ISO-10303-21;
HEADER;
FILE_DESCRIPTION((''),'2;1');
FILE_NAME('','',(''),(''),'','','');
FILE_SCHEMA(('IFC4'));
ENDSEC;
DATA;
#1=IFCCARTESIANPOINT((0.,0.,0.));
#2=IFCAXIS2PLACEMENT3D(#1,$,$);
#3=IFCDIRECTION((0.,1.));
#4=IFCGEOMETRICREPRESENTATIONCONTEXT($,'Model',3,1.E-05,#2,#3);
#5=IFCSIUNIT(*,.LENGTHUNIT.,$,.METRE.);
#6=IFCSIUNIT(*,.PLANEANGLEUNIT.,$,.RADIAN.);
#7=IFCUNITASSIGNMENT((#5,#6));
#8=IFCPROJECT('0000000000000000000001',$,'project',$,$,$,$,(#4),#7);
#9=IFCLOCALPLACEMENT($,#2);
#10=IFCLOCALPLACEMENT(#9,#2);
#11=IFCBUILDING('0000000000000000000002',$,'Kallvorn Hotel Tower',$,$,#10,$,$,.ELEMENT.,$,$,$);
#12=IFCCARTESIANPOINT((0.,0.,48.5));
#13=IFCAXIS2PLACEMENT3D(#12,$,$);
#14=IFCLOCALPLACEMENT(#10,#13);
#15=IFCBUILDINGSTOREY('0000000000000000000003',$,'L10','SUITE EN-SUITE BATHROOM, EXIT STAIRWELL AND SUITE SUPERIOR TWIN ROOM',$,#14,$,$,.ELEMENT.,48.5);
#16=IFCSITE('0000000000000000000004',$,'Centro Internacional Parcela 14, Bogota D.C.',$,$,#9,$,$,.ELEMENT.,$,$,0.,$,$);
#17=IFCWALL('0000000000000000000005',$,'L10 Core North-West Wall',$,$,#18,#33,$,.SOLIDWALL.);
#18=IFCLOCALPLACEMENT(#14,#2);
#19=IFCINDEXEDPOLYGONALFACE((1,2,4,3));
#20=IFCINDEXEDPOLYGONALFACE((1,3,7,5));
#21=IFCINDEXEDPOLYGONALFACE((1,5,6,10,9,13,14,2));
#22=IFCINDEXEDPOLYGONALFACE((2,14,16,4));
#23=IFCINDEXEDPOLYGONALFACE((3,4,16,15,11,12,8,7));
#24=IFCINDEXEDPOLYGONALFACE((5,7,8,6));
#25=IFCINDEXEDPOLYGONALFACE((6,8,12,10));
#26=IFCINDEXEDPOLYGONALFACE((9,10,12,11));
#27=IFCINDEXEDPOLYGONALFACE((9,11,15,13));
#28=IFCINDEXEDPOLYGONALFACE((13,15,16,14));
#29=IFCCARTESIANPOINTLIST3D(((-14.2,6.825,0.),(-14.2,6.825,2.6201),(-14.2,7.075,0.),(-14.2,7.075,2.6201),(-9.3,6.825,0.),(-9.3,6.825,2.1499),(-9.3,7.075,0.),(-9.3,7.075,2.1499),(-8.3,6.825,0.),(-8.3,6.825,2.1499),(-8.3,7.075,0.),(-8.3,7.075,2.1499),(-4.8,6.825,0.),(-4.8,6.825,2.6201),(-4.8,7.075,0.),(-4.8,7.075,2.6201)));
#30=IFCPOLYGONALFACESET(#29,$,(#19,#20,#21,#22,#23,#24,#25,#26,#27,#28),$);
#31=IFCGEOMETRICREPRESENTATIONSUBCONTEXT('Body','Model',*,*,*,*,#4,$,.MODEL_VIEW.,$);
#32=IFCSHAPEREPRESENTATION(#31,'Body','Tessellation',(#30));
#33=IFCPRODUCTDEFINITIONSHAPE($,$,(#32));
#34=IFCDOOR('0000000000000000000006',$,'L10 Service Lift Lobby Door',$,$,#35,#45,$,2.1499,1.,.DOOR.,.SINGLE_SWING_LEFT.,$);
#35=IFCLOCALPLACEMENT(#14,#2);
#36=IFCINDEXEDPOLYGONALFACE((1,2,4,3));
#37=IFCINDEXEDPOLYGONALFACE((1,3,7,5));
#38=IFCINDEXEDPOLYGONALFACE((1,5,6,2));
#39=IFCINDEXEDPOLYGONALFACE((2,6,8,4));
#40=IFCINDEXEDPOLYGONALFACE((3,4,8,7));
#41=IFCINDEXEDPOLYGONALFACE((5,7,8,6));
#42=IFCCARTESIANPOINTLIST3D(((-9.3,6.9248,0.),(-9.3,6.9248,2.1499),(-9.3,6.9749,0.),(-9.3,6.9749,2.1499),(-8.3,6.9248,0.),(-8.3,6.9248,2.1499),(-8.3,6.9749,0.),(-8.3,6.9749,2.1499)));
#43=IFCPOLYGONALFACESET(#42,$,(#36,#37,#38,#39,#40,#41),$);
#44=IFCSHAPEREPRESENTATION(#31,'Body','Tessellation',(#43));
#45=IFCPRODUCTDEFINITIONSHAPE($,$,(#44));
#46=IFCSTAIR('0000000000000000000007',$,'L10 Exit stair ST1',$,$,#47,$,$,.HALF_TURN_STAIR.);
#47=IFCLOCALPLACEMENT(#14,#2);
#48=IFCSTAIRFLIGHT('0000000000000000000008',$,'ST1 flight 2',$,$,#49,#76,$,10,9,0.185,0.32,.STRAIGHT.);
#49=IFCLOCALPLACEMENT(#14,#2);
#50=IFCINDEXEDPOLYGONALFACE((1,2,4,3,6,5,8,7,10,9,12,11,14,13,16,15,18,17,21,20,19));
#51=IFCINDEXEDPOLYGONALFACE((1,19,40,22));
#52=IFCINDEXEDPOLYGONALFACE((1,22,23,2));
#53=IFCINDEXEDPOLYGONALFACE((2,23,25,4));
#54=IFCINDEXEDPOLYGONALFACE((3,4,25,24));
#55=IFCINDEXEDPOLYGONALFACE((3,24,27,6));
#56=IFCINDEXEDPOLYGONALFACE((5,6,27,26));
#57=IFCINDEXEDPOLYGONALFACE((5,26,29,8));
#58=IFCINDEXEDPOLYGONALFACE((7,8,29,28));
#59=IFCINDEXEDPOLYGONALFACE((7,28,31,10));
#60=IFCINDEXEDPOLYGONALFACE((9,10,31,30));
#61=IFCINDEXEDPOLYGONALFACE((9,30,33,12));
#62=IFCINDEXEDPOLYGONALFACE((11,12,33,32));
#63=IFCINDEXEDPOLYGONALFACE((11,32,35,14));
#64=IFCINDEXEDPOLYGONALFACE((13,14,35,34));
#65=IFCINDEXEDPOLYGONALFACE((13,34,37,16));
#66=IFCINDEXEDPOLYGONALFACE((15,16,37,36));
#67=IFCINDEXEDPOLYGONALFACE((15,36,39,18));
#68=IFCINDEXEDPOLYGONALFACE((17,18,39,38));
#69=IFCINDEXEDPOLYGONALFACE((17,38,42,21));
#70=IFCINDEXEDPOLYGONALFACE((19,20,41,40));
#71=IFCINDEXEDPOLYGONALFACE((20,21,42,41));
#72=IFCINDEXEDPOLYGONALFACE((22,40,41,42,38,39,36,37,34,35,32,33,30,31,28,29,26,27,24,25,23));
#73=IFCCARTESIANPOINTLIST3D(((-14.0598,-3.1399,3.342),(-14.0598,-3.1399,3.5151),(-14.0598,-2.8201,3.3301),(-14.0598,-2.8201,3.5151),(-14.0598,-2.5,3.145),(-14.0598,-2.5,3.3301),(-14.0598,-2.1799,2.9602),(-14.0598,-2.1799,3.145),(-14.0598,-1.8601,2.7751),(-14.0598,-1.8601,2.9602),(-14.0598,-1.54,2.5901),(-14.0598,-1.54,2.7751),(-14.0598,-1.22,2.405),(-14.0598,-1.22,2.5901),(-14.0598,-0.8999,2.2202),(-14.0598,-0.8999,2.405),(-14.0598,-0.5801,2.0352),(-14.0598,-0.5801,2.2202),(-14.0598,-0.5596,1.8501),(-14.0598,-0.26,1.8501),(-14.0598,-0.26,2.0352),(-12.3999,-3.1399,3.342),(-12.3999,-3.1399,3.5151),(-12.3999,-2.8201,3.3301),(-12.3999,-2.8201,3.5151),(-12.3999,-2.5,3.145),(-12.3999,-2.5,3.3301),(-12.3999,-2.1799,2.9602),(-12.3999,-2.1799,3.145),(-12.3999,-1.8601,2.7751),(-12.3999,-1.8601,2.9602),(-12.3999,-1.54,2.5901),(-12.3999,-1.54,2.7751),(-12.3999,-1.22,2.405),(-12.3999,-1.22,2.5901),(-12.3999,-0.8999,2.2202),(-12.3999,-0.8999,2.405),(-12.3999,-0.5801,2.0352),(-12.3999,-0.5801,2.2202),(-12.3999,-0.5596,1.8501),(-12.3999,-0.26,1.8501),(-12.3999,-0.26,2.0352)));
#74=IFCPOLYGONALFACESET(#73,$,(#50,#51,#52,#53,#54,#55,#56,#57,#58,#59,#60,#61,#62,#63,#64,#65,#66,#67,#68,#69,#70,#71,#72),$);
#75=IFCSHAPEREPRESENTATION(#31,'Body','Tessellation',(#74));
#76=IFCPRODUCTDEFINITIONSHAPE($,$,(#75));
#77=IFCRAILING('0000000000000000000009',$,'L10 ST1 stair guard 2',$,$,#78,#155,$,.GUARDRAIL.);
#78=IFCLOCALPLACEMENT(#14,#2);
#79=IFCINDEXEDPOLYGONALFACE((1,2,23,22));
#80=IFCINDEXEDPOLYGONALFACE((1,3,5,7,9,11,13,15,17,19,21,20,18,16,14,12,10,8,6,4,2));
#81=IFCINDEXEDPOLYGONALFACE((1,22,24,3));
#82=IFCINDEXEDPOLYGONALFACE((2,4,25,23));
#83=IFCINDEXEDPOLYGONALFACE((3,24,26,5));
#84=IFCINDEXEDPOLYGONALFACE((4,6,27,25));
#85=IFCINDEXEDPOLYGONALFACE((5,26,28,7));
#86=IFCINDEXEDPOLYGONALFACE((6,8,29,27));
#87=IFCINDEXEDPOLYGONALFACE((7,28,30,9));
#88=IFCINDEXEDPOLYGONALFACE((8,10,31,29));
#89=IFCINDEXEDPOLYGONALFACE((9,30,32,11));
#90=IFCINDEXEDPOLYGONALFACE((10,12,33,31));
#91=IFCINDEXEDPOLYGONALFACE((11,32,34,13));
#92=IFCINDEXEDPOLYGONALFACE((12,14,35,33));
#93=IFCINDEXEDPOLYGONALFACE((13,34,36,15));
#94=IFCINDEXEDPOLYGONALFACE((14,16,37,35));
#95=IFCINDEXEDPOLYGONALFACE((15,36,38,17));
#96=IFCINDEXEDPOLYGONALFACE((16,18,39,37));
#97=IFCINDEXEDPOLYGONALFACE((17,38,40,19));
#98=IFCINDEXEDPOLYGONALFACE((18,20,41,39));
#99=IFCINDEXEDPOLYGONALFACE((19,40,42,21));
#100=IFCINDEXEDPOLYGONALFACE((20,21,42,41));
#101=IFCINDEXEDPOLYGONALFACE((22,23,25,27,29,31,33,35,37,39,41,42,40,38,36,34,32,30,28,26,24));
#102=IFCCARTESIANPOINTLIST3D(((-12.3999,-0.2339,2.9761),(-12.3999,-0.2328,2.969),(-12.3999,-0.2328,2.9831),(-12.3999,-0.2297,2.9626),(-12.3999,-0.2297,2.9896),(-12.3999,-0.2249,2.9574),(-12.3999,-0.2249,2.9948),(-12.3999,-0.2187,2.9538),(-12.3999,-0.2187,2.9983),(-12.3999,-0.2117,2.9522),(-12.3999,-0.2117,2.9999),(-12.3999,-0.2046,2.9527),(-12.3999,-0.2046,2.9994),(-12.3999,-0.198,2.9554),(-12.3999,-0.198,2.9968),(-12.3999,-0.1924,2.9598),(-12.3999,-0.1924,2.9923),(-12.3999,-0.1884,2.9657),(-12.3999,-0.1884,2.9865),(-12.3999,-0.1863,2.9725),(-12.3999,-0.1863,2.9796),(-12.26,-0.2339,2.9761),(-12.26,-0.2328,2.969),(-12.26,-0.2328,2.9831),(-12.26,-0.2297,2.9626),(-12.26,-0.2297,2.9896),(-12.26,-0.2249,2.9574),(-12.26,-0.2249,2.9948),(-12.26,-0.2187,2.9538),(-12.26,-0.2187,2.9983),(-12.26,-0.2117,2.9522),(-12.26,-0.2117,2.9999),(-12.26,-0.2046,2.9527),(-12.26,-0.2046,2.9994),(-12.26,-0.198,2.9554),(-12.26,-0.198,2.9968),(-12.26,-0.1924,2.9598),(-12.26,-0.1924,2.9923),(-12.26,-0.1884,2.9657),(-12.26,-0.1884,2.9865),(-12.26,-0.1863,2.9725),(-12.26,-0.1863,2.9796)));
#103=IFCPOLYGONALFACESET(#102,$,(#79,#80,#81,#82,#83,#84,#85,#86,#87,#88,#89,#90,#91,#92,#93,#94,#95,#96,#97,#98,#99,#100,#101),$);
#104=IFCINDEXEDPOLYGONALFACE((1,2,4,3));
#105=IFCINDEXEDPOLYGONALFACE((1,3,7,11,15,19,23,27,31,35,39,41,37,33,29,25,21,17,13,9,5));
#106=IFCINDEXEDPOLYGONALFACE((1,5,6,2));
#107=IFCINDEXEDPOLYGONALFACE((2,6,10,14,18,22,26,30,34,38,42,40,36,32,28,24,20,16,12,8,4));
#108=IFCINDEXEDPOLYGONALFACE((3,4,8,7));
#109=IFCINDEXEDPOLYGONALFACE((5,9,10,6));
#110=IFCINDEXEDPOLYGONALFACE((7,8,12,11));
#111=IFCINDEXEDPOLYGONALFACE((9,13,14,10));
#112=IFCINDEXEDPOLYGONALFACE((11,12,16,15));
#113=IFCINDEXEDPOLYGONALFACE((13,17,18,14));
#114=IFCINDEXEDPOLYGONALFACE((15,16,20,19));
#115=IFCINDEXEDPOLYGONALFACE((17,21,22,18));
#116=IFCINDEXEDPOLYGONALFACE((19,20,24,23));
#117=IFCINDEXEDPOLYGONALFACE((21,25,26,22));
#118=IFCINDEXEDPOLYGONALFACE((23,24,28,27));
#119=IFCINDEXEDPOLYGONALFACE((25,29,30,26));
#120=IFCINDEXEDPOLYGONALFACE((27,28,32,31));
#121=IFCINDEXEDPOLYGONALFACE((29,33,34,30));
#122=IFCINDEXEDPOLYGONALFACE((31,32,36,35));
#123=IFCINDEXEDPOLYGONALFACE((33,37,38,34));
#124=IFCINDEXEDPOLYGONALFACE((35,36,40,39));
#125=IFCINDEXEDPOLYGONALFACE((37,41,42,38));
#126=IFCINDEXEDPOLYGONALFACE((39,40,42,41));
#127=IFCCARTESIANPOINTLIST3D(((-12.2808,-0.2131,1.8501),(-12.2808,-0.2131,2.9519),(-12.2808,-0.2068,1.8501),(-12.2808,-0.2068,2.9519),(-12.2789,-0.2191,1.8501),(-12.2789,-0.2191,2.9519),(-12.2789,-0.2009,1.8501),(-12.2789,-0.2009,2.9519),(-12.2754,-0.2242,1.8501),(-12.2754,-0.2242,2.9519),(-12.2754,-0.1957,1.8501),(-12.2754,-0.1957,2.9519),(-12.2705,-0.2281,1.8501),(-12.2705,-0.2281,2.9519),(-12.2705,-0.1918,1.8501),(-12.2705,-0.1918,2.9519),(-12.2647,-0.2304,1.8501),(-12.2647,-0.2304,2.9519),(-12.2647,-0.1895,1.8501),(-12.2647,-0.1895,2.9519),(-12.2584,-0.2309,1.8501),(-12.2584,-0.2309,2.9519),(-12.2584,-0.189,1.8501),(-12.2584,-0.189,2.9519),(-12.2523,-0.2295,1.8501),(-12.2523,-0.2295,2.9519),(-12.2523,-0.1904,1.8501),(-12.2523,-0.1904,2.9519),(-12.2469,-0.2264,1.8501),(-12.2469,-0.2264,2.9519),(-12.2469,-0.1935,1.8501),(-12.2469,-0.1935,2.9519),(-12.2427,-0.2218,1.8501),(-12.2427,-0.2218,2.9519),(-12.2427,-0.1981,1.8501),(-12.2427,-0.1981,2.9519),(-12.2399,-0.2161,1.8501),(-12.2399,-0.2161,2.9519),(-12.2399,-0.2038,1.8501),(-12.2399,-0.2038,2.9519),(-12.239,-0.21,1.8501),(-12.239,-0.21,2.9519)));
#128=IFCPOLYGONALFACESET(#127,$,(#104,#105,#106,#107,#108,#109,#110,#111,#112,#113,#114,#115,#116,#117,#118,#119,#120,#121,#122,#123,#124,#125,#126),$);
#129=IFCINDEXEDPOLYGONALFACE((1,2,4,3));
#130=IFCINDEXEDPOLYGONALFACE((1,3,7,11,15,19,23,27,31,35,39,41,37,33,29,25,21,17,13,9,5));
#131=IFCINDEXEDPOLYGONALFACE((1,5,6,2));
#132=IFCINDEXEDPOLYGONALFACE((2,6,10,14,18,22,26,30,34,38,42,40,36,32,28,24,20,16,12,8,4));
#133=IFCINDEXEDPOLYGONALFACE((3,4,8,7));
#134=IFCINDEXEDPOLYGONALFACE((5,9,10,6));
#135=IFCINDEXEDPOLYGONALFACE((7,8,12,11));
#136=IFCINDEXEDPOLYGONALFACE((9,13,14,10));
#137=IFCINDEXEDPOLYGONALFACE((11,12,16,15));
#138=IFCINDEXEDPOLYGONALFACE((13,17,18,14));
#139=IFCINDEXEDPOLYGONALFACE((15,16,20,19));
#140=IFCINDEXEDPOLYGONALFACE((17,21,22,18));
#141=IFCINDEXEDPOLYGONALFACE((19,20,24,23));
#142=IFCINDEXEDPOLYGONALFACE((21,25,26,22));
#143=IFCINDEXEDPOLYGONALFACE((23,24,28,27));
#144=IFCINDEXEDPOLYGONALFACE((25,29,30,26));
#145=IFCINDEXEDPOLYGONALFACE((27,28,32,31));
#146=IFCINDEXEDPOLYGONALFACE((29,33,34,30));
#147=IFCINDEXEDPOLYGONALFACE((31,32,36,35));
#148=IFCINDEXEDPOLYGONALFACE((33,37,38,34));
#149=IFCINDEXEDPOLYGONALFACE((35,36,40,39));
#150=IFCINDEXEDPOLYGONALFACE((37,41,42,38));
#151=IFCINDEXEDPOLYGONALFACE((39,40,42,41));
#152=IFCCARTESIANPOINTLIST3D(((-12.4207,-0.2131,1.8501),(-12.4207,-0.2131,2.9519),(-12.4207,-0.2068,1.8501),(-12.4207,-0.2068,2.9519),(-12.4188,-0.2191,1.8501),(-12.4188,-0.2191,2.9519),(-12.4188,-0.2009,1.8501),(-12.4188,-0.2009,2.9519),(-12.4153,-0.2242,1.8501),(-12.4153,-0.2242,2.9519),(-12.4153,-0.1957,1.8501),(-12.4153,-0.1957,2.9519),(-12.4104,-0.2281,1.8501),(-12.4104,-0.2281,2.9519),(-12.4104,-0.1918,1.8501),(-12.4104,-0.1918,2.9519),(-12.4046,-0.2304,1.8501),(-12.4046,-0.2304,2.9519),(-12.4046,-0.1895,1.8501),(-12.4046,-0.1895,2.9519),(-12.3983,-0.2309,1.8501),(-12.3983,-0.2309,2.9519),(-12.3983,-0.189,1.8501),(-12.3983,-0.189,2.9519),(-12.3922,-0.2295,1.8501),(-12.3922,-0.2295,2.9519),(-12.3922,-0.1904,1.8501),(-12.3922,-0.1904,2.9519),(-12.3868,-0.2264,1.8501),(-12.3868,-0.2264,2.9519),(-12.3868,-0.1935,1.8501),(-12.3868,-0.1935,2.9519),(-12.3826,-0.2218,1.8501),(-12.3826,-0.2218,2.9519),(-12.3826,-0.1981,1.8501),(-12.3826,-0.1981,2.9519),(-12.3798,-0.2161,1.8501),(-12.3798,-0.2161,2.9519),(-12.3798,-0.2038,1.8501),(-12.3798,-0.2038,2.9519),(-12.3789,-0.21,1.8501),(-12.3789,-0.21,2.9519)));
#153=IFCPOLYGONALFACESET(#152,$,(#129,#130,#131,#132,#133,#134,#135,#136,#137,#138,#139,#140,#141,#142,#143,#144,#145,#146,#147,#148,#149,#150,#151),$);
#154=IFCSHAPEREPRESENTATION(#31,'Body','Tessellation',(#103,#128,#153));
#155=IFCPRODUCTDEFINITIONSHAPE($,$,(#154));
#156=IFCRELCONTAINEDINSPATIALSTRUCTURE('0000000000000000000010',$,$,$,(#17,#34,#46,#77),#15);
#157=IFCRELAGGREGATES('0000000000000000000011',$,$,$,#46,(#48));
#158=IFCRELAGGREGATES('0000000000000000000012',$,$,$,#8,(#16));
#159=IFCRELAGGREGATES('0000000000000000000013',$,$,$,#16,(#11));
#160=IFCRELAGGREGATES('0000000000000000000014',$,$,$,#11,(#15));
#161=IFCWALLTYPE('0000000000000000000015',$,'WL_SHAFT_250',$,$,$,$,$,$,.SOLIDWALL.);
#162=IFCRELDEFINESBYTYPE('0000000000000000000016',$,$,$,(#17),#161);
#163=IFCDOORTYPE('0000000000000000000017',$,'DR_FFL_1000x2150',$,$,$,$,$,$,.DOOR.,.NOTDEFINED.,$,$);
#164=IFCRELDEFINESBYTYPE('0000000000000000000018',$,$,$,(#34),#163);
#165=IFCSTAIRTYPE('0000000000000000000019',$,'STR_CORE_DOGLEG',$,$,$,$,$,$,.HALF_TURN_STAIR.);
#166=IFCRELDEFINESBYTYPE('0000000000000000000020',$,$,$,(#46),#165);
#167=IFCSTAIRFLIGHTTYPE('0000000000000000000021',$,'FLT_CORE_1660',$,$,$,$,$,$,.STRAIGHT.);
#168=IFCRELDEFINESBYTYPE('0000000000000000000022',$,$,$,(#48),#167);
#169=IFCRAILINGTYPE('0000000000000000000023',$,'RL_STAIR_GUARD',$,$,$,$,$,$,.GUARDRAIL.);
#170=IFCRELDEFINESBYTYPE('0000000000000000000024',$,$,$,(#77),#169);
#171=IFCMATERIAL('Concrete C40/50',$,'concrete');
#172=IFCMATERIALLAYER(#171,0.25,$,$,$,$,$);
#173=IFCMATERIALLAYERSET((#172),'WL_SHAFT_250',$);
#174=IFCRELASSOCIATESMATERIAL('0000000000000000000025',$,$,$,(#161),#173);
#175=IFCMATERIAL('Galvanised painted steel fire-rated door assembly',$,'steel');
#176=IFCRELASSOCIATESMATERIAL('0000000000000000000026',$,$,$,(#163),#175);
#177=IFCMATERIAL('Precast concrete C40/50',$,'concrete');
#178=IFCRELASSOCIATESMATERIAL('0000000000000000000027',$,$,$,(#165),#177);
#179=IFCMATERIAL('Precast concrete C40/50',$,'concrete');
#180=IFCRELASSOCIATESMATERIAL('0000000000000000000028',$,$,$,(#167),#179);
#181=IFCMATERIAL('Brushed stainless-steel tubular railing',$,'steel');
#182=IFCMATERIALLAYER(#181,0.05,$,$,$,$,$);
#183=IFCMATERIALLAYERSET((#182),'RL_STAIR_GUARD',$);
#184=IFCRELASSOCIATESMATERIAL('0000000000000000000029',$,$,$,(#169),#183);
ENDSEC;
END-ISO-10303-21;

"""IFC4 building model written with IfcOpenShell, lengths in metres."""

from ifc_helpers import new_model, si_unit, direction, frame, frame_2d, origin, origin_2d, place, context, subcontext, project, spatial, polyline, rectangle, circle, outline, extrude, material, layer, layer_set, type_object, element, fill, aggregate, save


model = new_model("IFC4")

# Units and contexts
model_context = context("Model", 3, precision=1e-05, world=origin(), true_north=direction((0.0, 1.0)))
body_context = subcontext(model_context, "Body", "Model", "MODEL_VIEW")
ifc_project = project(units=[si_unit("LENGTHUNIT", "METRE"), si_unit("PLANEANGLEUNIT", "RADIAN")], contexts=[model_context])

# Site, building, storey
site_placement = place(None, origin())
site = spatial("IfcSite", under=ifc_project, at=site_placement, Name="Centro Internacional Parcela 14, Bogota D.C.", CompositionType="ELEMENT", RefElevation=0.0)
building_placement = place(site_placement, origin())
building = spatial("IfcBuilding", under=site, at=building_placement, Name="Kallvorn Hotel Tower", CompositionType="ELEMENT")
storey_placement = place(building_placement, frame((0.0, 0.0, 48.5)))
storey = spatial("IfcBuildingStorey", under=building, at=storey_placement, Name="L10", Description="SUITE EN-SUITE BATHROOM, EXIT STAIRWELL AND SUITE SUPERIOR TWIN ROOM", CompositionType="ELEMENT", Elevation=48.5)

# Wall, opening, door
ifc_material_1 = material(Name="Concrete C40/50", Category="concrete")
ifc_layer_1 = layer(ifc_material_1, 0.25)
ifc_layer_set_1 = layer_set([ifc_layer_1], Name="WL_SHAFT_250")
wall_type_1 = type_object("IfcWallType", Name="WL_SHAFT_250", PredefinedType="SOLIDWALL", material=ifc_layer_set_1)
wall_1_placement = place(storey_placement, frame((-14.2, 6.95, 0.0), z_axis=(0.0, 0.0, 1.0), x_axis=(1.0, 0.0, 0.0)))
wall_1 = element("IfcWall", 1, at=wall_1_placement, inside=storey, type_object=wall_type_1, Name="L10 Core North-West Wall", PredefinedType="SOLIDWALL", context=body_context, shape_type="SweptSolid", body=[
    extrude(rectangle(XDim=9.3999, YDim=0.25, at=frame_2d((4.7, 0.0))), origin(), (0.0, 0.0, 1.0), 2.6201),
])
opening_1_placement = place(wall_1_placement, frame((4.8999, 0.0, 0.0)))
opening_1 = element("IfcOpeningElement", 2, at=opening_1_placement, cuts=wall_1, PredefinedType="OPENING", context=body_context, shape_type="SweptSolid", body=[
    extrude(rectangle(XDim=1.0, YDim=2.1499, at=frame_2d((0.5, 1.075))), frame((0.0, 0.1399, 0.0), z_axis=(0.0, -1.0, 0.0), x_axis=(1.0, 0.0, 0.0)), (0.0, 0.0, 1.0), 0.28),
])
ifc_material_2 = material(Name="Galvanised painted steel fire-rated door assembly", Category="steel")
door_type_1 = type_object("IfcDoorType", Name="DR_FFL_1000x2150", OperationType="NOTDEFINED", PredefinedType="DOOR", material=ifc_material_2)
door_1_placement = place(opening_1_placement, origin())
door_1 = element("IfcDoor", 3, at=door_1_placement, inside=storey, type_object=door_type_1, Name="L10 Service Lift Lobby Door", OperationType="SINGLE_SWING_LEFT", OverallHeight=2.1499, OverallWidth=1.0, PredefinedType="DOOR", context=body_context, shape_type="SweptSolid", body=[
    extrude(rectangle(XDim=1.0, YDim=2.1499, at=frame_2d((0.5, 1.075))), frame((0.0, 0.0249, 0.0), z_axis=(0.0, -1.0, 0.0), x_axis=(1.0, 0.0, 0.0)), (0.0, 0.0, 1.0), 0.05),
])
fill(opening_1, door_1)

# Stair, stair flight
ifc_material_3 = material(Name="Precast concrete C40/50", Category="concrete")
stair_type = type_object("IfcStairType", Name="STR_CORE_DOGLEG", PredefinedType="HALF_TURN_STAIR", material=ifc_material_3)
stair_placement = place(storey_placement, origin())
stair = element("IfcStair", 4, at=stair_placement, inside=storey, type_object=stair_type, Name="L10 Exit stair ST1", PredefinedType="HALF_TURN_STAIR")
ifc_material_4 = material(Name="Precast concrete C40/50", Category="concrete")
stair_flight_type = type_object("IfcStairFlightType", Name="FLT_CORE_1660", PredefinedType="STRAIGHT", material=ifc_material_4)
stair_flight_placement = place(storey_placement, frame((-13.23, -0.26, 1.8501), z_axis=(0.0, 0.0, 1.0), x_axis=(0.0, -1.0, 0.0)))
stair_flight = element("IfcStairFlight", 5, at=stair_flight_placement, type_object=stair_flight_type, Name="ST1 flight 2", NumberOfRisers=10, NumberOfTreads=9, PredefinedType="STRAIGHT", RiserHeight=0.185, TreadLength=0.32, context=body_context, shape_type="SweptSolid", body=[
    extrude(outline(polyline([(0.0, 0.0), (0.0, 0.1851), (0.3201, 0.1851), (0.3201, 0.3701), (0.6399, 0.3701), (0.6399, 0.5549), (0.96, 0.5549), (0.96, 0.74), (1.28, 0.74), (1.28, 0.925), (1.6001, 0.925), (1.6001, 1.1101), (1.9199, 1.1101), (1.9199, 1.2949), (2.24, 1.2949), (2.24, 1.48), (2.5601, 1.48), (2.5601, 1.665), (2.8799, 1.665), (2.8799, 1.8501), (2.8799, 1.4919), (0.2996, 0.0), (0.0, 0.0)])), frame((0.0, 0.8301, 0.0), z_axis=(0.0, -1.0, 0.0), x_axis=(1.0, 0.0, 0.0)), (0.0, 0.0, 1.0), 1.6599),
])
aggregate(stair, [stair_flight])

# Railing
ifc_material_5 = material(Name="Brushed stainless-steel tubular railing", Category="steel")
ifc_layer_2 = layer(ifc_material_5, 0.05)
ifc_layer_set_2 = layer_set([ifc_layer_2], Name="RL_STAIR_GUARD")
railing_type_1 = type_object("IfcRailingType", Name="RL_STAIR_GUARD", PredefinedType="GUARDRAIL", material=ifc_layer_set_2)
railing_1_placement = place(storey_placement, frame((-12.26, -0.21, 1.8501)))
element("IfcRailing", 6, at=railing_1_placement, inside=storey, type_object=railing_type_1, Name="L10 ST1 stair guard 2", PredefinedType="GUARDRAIL", context=body_context, shape_type="SweptSolid", body=[
    extrude(circle(Radius=0.0239, at=origin_2d()), frame((0.0, 0.0, 1.126), z_axis=(-1.0, 0.0, 0.0), x_axis=(0.0, -1.0, 0.0)), (0.0, 0.0, 1.0), 0.1399),
    extrude(circle(Radius=0.021, at=origin_2d()), origin(), (0.0, 0.0, 1.0), 1.1018),
    extrude(circle(Radius=0.021, at=origin_2d()), frame((-0.1399, 0.0, 0.0)), (0.0, 0.0, 1.0), 1.1018),
])

save(model, "model.ifc")
